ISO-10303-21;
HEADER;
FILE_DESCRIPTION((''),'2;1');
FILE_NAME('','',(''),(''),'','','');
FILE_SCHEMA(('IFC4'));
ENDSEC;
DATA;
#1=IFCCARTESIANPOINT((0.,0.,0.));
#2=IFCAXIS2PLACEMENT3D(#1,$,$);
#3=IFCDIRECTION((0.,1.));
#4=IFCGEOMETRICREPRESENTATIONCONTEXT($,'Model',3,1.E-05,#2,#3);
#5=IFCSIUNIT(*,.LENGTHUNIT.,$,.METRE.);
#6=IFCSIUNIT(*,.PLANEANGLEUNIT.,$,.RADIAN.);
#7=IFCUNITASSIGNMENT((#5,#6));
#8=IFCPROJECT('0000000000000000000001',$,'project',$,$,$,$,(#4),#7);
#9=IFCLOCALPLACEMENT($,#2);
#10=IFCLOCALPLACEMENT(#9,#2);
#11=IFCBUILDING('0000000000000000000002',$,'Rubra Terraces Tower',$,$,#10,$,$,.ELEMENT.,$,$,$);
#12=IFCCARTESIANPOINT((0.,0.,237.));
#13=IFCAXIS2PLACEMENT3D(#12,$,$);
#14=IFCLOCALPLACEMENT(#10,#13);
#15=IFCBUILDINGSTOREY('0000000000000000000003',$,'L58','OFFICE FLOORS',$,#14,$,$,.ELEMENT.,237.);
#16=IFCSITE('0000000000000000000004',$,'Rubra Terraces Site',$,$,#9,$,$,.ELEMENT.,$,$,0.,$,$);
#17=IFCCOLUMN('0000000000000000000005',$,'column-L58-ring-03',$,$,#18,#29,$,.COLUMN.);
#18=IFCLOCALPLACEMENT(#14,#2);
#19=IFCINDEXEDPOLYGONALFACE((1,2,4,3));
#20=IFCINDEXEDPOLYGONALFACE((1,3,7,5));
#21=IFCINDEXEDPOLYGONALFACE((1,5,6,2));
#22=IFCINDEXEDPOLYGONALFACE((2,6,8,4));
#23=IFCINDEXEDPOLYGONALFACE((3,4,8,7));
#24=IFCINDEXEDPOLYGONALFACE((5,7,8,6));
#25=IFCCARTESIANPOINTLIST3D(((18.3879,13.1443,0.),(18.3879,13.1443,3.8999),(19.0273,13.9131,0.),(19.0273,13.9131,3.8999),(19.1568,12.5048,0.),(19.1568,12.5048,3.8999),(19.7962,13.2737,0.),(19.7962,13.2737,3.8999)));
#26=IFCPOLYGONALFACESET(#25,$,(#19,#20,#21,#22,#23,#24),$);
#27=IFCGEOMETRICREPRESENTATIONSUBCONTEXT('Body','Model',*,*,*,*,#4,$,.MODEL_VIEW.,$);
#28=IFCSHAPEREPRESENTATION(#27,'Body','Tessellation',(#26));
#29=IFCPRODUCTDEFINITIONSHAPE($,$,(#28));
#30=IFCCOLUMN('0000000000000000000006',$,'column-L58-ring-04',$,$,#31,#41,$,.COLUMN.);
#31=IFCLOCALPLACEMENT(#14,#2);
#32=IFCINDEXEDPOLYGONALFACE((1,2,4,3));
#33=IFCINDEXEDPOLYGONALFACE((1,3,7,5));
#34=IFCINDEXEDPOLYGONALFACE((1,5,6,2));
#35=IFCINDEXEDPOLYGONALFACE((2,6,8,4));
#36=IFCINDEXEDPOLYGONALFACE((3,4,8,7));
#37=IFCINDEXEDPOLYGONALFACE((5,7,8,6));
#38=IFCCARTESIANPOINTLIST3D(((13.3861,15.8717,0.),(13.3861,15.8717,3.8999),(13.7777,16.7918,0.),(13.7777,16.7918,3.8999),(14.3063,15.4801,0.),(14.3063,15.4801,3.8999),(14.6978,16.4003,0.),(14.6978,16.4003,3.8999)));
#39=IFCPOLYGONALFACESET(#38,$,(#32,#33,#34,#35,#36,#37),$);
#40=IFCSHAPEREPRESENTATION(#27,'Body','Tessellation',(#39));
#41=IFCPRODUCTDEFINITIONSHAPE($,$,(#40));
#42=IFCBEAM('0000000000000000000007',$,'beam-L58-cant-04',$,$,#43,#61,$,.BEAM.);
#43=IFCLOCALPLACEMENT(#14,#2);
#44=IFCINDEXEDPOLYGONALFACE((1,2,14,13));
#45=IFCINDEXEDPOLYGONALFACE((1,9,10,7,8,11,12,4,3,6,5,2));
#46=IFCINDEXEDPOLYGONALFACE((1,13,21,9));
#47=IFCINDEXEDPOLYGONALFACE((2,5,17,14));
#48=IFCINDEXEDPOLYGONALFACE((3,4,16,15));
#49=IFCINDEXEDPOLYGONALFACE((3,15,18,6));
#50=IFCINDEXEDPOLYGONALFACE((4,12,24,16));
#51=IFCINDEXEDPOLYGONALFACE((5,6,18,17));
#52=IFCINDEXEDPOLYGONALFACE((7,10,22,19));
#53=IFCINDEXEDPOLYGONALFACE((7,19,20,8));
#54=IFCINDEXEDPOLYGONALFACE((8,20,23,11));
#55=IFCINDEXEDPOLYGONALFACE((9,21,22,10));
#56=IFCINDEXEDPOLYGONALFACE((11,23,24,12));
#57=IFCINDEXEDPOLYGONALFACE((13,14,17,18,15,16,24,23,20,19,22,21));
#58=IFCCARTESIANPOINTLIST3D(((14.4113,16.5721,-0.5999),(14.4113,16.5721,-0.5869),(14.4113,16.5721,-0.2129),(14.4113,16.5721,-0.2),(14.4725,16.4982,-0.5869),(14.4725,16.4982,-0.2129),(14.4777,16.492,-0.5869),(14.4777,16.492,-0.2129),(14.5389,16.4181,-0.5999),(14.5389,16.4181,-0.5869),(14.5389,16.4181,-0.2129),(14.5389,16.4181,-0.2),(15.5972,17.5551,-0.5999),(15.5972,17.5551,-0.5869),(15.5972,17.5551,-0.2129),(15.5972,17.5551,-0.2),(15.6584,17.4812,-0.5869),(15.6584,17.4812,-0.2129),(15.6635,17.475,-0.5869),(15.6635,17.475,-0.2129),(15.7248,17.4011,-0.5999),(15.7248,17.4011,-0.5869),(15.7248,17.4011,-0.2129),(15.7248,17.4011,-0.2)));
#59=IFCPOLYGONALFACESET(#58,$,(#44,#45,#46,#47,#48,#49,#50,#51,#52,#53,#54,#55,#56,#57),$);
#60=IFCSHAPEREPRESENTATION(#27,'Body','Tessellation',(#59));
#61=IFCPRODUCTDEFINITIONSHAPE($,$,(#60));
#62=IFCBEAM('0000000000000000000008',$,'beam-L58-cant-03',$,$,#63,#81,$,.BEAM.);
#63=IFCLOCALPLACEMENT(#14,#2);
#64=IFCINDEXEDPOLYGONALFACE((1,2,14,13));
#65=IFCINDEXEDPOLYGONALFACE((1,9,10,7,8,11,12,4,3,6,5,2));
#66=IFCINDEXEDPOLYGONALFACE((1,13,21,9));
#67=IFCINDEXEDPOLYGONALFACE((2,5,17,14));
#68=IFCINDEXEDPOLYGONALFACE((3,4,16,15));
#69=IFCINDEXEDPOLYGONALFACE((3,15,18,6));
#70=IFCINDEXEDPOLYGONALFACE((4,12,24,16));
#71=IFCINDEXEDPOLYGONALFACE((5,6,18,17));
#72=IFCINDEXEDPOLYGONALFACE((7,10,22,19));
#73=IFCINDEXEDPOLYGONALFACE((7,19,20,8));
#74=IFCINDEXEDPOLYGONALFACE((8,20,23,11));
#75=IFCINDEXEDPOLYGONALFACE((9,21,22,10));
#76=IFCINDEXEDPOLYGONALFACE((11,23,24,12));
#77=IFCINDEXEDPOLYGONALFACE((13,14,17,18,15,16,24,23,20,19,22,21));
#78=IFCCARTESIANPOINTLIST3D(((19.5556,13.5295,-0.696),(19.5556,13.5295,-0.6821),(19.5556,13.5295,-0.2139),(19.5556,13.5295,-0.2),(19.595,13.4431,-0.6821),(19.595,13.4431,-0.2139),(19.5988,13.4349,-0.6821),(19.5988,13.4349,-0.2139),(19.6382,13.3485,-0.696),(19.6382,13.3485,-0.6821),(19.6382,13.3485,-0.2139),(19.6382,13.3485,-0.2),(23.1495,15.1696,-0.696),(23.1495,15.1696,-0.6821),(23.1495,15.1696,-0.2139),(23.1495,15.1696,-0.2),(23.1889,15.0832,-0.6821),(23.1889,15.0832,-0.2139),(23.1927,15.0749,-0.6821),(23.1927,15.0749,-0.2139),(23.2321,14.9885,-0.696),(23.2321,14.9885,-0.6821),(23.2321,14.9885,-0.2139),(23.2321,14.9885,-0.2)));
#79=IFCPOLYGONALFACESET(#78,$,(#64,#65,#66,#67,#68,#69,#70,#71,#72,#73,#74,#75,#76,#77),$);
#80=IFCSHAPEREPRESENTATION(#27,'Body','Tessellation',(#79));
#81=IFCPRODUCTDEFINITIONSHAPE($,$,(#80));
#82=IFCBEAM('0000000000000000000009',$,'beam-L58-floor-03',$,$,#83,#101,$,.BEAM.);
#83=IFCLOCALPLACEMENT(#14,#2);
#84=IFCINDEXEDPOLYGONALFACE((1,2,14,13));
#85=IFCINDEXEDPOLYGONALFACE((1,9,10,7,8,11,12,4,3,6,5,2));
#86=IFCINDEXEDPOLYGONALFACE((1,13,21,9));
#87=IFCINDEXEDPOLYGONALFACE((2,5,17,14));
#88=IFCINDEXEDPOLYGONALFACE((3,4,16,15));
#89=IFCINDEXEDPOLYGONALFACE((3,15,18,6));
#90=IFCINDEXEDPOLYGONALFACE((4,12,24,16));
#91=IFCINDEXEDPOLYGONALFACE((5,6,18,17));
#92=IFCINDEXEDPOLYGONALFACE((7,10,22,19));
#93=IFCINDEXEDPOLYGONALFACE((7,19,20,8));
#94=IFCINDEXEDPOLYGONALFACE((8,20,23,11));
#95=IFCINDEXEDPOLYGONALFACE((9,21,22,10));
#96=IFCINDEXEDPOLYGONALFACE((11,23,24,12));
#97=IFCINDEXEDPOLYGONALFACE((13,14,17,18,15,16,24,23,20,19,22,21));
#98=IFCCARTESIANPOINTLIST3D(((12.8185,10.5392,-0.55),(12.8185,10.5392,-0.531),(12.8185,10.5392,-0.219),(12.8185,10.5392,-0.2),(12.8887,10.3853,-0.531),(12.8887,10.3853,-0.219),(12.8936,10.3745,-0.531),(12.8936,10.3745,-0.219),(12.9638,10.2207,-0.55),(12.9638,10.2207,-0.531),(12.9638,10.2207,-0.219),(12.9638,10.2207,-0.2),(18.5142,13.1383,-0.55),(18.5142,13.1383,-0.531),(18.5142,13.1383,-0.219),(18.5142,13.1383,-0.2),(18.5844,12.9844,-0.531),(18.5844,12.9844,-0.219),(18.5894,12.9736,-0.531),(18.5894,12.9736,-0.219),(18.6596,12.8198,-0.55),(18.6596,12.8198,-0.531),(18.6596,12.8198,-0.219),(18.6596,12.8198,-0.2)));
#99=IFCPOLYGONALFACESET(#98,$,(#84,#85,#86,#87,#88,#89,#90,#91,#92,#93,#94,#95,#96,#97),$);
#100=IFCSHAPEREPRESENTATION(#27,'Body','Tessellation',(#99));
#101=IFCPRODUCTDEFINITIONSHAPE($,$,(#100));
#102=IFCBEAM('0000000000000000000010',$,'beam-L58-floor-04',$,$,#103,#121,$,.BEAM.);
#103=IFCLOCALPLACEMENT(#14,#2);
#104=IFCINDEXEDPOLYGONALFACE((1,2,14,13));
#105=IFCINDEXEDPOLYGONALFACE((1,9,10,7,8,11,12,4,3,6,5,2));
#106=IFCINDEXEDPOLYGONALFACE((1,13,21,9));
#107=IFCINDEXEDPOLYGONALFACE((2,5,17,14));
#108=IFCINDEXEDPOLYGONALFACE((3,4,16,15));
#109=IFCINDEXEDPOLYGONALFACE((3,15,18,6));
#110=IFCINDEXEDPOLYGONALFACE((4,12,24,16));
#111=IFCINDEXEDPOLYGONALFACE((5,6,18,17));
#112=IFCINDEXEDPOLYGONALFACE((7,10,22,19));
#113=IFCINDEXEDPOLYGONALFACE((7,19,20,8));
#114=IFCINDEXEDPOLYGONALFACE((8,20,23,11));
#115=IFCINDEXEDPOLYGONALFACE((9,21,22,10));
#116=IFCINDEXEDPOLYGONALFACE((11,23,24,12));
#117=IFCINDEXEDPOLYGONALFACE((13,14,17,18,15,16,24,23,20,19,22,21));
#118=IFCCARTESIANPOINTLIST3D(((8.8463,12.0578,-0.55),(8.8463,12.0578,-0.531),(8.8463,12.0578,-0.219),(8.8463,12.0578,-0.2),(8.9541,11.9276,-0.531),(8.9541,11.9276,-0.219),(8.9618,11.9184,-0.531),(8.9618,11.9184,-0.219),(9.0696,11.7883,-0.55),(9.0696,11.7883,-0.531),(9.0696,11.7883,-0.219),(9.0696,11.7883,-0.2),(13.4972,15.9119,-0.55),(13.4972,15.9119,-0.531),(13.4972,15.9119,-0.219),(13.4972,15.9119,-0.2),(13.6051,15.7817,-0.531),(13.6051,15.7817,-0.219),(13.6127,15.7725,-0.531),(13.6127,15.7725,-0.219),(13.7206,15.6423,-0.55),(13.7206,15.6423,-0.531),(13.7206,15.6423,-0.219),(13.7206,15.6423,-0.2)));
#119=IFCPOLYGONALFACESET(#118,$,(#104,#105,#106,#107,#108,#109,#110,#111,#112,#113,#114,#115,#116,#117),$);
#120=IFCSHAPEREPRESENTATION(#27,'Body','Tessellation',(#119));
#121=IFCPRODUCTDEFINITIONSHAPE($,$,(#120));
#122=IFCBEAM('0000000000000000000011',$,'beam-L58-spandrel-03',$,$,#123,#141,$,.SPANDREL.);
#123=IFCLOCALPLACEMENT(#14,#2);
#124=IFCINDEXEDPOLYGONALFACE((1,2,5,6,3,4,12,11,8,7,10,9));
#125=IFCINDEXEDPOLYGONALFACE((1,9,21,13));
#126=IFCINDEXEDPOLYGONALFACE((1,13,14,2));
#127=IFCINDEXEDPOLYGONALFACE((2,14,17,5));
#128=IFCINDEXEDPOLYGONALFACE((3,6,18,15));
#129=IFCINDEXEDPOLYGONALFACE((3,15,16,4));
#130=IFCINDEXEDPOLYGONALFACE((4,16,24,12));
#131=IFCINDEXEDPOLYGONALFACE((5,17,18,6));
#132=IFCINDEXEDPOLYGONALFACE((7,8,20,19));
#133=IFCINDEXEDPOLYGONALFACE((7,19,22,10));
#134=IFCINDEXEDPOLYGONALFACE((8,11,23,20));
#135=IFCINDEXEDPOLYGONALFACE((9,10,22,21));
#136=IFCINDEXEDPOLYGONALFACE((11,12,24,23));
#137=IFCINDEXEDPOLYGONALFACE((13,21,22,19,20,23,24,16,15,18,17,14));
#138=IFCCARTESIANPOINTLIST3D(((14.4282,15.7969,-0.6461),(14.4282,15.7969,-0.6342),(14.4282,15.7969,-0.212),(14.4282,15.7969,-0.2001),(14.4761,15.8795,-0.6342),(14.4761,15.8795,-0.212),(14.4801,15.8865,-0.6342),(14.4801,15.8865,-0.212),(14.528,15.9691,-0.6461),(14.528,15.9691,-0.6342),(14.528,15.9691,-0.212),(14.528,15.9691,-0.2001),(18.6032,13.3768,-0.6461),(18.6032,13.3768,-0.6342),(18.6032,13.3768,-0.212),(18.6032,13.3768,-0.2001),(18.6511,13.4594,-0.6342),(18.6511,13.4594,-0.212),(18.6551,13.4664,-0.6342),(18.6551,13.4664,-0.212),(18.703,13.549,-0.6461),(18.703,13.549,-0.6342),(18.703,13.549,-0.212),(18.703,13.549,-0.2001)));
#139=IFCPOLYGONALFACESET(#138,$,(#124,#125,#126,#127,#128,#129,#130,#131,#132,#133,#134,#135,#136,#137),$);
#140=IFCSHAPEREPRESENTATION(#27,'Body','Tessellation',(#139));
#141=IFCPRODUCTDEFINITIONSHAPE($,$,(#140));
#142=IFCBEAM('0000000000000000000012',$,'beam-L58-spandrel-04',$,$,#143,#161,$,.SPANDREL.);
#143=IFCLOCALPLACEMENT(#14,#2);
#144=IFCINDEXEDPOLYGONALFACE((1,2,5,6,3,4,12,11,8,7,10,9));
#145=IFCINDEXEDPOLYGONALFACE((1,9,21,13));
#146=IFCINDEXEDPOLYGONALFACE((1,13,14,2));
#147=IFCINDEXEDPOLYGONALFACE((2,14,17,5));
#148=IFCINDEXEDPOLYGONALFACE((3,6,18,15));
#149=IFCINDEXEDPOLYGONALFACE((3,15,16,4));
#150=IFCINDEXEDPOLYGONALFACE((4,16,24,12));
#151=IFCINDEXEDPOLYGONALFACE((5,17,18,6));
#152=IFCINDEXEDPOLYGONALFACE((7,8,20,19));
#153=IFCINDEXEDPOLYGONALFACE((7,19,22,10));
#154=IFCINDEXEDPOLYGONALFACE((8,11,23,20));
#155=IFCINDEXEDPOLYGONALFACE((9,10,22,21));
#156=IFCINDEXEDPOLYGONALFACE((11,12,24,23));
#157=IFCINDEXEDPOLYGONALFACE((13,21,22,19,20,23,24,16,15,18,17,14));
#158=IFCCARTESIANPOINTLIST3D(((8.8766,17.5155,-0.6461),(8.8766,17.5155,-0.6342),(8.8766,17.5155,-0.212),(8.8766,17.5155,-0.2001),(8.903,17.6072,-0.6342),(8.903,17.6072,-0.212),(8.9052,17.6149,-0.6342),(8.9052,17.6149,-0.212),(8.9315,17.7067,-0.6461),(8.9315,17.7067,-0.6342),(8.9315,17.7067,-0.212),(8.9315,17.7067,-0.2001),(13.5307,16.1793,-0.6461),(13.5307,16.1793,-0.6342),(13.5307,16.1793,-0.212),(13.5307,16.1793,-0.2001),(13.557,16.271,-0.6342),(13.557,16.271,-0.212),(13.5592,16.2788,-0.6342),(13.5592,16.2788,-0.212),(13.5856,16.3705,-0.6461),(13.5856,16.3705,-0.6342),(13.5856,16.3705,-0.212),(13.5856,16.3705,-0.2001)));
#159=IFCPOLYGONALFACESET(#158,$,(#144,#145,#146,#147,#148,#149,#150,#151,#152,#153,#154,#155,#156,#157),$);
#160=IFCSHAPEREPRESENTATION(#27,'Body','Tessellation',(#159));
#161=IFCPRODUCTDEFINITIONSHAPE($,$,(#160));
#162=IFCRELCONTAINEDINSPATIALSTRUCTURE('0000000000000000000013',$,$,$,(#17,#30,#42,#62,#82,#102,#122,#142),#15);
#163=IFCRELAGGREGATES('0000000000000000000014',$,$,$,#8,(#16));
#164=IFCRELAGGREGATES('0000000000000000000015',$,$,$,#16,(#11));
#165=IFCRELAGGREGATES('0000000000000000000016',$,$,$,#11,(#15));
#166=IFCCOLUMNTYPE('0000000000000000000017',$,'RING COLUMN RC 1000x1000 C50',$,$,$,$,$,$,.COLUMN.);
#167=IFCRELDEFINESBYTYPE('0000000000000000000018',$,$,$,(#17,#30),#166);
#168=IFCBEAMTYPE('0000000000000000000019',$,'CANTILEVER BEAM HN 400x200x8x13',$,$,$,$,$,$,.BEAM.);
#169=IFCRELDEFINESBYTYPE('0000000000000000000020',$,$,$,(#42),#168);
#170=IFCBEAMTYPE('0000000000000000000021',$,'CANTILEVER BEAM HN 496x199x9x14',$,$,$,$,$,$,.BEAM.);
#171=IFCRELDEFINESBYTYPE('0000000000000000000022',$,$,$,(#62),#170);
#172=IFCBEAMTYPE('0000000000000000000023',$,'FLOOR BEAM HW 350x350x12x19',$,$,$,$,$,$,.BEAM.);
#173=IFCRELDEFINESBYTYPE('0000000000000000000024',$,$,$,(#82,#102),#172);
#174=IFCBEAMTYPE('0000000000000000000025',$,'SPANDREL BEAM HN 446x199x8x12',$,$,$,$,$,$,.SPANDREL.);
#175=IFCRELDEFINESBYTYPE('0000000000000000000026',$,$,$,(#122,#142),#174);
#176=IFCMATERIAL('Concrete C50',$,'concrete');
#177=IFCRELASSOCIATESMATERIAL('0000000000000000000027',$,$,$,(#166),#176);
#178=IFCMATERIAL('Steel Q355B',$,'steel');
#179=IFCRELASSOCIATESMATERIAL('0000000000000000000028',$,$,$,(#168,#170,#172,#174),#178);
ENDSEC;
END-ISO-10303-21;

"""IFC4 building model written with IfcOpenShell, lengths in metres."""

from ifc_helpers import new_model, si_unit, direction, frame, origin, origin_2d, place, context, subcontext, project, spatial, rectangle, i_section, extrude, material, material_profile, profile_set, type_object, element, save


model = new_model("IFC4")

# Units and contexts
model_context = context("Model", 3, precision=1e-05, world=origin(), true_north=direction((0.0, 1.0)))
body_context = subcontext(model_context, "Body", "Model", "MODEL_VIEW")
ifc_project = project(units=[si_unit("LENGTHUNIT", "METRE"), si_unit("PLANEANGLEUNIT", "RADIAN")], contexts=[model_context])

# Site, building, storey
site_placement = place(None, origin())
site = spatial("IfcSite", under=ifc_project, at=site_placement, Name="Rubra Terraces Site", CompositionType="ELEMENT", RefElevation=0.0)
building_placement = place(site_placement, origin())
building = spatial("IfcBuilding", under=site, at=building_placement, Name="Rubra Terraces Tower", CompositionType="ELEMENT")
storey_placement = place(building_placement, frame((0.0, 0.0, 237.0)))
storey = spatial("IfcBuildingStorey", under=building, at=storey_placement, Name="L58", Description="OFFICE FLOORS", CompositionType="ELEMENT", Elevation=237.0)

# Columns
ifc_material_1 = material(Name="Concrete C50", Category="concrete")
ifc_material_profile_1 = material_profile(ifc_material_1, rectangle(XDim=1.0, YDim=1.0, at=origin_2d()), Name="RC 1000x1000")
ifc_profile_set_1 = profile_set([ifc_material_profile_1], Name="Concrete C50")
column_type = type_object("IfcColumnType", Name="RING COLUMN RC 1000x1000 C50", PredefinedType="COLUMN", material=ifc_profile_set_1)
for number, where, z_axis, x_axis, name in (
    (1, (19.092, 13.209, 0.0), (0.0, 0.0, 1.0), (-0.76887, 0.639405, 0.0), "column-L58-ring-03"),
    (2, (14.042, 16.136, 0.0), (0.0, 0.0, 1.0), (-0.920168, 0.391524, 0.0), "column-L58-ring-04"),
):
    element("IfcColumn", number, at=place(storey_placement, frame(where, z_axis=z_axis, x_axis=x_axis)), inside=storey, type_object=column_type, Name=name, PredefinedType="COLUMN", context=body_context, shape_type="SweptSolid", body=[
        extrude(rectangle(XDim=1.0, YDim=1.0, at=origin_2d()), origin(), (0.0, 0.0, 1.0), 3.8999),
    ])

# Beams
ifc_material_2 = material(Name="Steel Q355B", Category="steel")
ifc_material_profile_2 = material_profile(ifc_material_2, i_section(OverallWidth=0.2, OverallDepth=0.3999, WebThickness=0.0081, FlangeThickness=0.0129, at=origin_2d()), Name="HN 400x200x8x13")
ifc_profile_set_2 = profile_set([ifc_material_profile_2], Name="Steel Q355B")
beam_type_1 = type_object("IfcBeamType", Name="CANTILEVER BEAM HN 400x200x8x13", PredefinedType="BEAM", material=ifc_profile_set_2)
beam_1_placement = place(storey_placement, frame((14.4751, 16.4951, -0.3999), z_axis=(0.769895, 0.638171, 0.0), x_axis=(-0.638171, 0.769895, 0.0)))
element("IfcBeam", 3, at=beam_1_placement, inside=storey, type_object=beam_type_1, Name="beam-L58-cant-04", PredefinedType="BEAM", context=body_context, shape_type="SweptSolid", body=[
    extrude(i_section(OverallWidth=0.2, OverallDepth=0.3999, WebThickness=0.0081, FlangeThickness=0.0129, at=origin_2d()), origin(), (0.0, 0.0, 1.0), 1.5403),
])
ifc_material_profile_3 = material_profile(ifc_material_2, i_section(OverallWidth=0.199, OverallDepth=0.4961, WebThickness=0.009, FlangeThickness=0.0139, at=origin_2d()), Name="HN 496x199x9x14")
ifc_profile_set_3 = profile_set([ifc_material_profile_3], Name="Steel Q355B")
beam_type_2 = type_object("IfcBeamType", Name="CANTILEVER BEAM HN 496x199x9x14", PredefinedType="BEAM", material=ifc_profile_set_3)
beam_2_placement = place(storey_placement, frame((19.5969, 13.439, -0.448), z_axis=(0.909745, 0.415167, 0.0), x_axis=(-0.415167, 0.909745, 0.0)))
element("IfcBeam", 4, at=beam_2_placement, inside=storey, type_object=beam_type_2, Name="beam-L58-cant-03", PredefinedType="BEAM", context=body_context, shape_type="SweptSolid", body=[
    extrude(i_section(OverallWidth=0.199, OverallDepth=0.4961, WebThickness=0.009, FlangeThickness=0.0139, at=origin_2d()), origin(), (0.0, 0.0, 1.0), 3.9504),
])
ifc_material_profile_4 = material_profile(ifc_material_2, i_section(OverallWidth=0.3501, OverallDepth=0.3501, WebThickness=0.012, FlangeThickness=0.019, at=origin_2d()), Name="HW 350x350x12x19")
ifc_profile_set_4 = profile_set([ifc_material_profile_4], Name="Steel Q355B")
beam_type_3 = type_object("IfcBeamType", Name="FLOOR BEAM HW 350x350x12x19", PredefinedType="BEAM", material=ifc_profile_set_4)
beam_3_placement = place(storey_placement, frame((18.5869, 12.979, -0.375), z_axis=(-0.909757, -0.415142, 0.0), x_axis=(0.415142, -0.909757, 0.0)))
element("IfcBeam", 5, at=beam_3_placement, inside=storey, type_object=beam_type_3, Name="beam-L58-floor-03", PredefinedType="BEAM", context=body_context, shape_type="SweptSolid", body=[
    extrude(i_section(OverallWidth=0.3501, OverallDepth=0.3501, WebThickness=0.012, FlangeThickness=0.019, at=origin_2d()), origin(), (0.0, 0.0, 1.0), 6.2607),
])
beam_4_placement = place(storey_placement, frame((13.6089, 15.7771, -0.375), z_axis=(-0.769988, -0.638059, 0.0), x_axis=(0.638059, -0.769988, 0.0)))
element("IfcBeam", 6, at=beam_4_placement, inside=storey, type_object=beam_type_3, Name="beam-L58-floor-04", PredefinedType="BEAM", context=body_context, shape_type="SweptSolid", body=[
    extrude(i_section(OverallWidth=0.3501, OverallDepth=0.3501, WebThickness=0.012, FlangeThickness=0.019, at=origin_2d()), origin(), (0.0, 0.0, 1.0), 6.0403),
])
ifc_material_profile_5 = material_profile(ifc_material_2, i_section(OverallWidth=0.199, OverallDepth=0.446, WebThickness=0.0081, FlangeThickness=0.012, at=origin_2d()), Name="HN 446x199x8x12")
ifc_profile_set_5 = profile_set([ifc_material_profile_5], Name="Steel Q355B")
beam_type_4 = type_object("IfcBeamType", Name="SPANDREL BEAM HN 446x199x8x12", PredefinedType="SPANDREL", material=ifc_profile_set_5)
beam_5_placement = place(storey_placement, frame((18.6531, 13.4629, -0.4231), z_axis=(-0.865154, 0.501507, 0.0), x_axis=(-0.501507, -0.865154, 0.0)))
element("IfcBeam", 7, at=beam_5_placement, inside=storey, type_object=beam_type_4, Name="beam-L58-spandrel-03", PredefinedType="SPANDREL", context=body_context, shape_type="SweptSolid", body=[
    extrude(i_section(OverallWidth=0.199, OverallDepth=0.446, WebThickness=0.0081, FlangeThickness=0.012, at=origin_2d()), origin(), (0.0, 0.0, 1.0), 4.8257),
])
beam_6_placement = place(storey_placement, frame((13.5581, 16.2749, -0.4231), z_axis=(-0.961171, 0.275953, 0.0), x_axis=(-0.275953, -0.961171, 0.0)))
element("IfcBeam", 8, at=beam_6_placement, inside=storey, type_object=beam_type_4, Name="beam-L58-spandrel-04", PredefinedType="SPANDREL", context=body_context, shape_type="SweptSolid", body=[
    extrude(i_section(OverallWidth=0.199, OverallDepth=0.446, WebThickness=0.0081, FlangeThickness=0.012, at=origin_2d()), origin(), (0.0, 0.0, 1.0), 4.842),
])

save(model, "model.ifc")
